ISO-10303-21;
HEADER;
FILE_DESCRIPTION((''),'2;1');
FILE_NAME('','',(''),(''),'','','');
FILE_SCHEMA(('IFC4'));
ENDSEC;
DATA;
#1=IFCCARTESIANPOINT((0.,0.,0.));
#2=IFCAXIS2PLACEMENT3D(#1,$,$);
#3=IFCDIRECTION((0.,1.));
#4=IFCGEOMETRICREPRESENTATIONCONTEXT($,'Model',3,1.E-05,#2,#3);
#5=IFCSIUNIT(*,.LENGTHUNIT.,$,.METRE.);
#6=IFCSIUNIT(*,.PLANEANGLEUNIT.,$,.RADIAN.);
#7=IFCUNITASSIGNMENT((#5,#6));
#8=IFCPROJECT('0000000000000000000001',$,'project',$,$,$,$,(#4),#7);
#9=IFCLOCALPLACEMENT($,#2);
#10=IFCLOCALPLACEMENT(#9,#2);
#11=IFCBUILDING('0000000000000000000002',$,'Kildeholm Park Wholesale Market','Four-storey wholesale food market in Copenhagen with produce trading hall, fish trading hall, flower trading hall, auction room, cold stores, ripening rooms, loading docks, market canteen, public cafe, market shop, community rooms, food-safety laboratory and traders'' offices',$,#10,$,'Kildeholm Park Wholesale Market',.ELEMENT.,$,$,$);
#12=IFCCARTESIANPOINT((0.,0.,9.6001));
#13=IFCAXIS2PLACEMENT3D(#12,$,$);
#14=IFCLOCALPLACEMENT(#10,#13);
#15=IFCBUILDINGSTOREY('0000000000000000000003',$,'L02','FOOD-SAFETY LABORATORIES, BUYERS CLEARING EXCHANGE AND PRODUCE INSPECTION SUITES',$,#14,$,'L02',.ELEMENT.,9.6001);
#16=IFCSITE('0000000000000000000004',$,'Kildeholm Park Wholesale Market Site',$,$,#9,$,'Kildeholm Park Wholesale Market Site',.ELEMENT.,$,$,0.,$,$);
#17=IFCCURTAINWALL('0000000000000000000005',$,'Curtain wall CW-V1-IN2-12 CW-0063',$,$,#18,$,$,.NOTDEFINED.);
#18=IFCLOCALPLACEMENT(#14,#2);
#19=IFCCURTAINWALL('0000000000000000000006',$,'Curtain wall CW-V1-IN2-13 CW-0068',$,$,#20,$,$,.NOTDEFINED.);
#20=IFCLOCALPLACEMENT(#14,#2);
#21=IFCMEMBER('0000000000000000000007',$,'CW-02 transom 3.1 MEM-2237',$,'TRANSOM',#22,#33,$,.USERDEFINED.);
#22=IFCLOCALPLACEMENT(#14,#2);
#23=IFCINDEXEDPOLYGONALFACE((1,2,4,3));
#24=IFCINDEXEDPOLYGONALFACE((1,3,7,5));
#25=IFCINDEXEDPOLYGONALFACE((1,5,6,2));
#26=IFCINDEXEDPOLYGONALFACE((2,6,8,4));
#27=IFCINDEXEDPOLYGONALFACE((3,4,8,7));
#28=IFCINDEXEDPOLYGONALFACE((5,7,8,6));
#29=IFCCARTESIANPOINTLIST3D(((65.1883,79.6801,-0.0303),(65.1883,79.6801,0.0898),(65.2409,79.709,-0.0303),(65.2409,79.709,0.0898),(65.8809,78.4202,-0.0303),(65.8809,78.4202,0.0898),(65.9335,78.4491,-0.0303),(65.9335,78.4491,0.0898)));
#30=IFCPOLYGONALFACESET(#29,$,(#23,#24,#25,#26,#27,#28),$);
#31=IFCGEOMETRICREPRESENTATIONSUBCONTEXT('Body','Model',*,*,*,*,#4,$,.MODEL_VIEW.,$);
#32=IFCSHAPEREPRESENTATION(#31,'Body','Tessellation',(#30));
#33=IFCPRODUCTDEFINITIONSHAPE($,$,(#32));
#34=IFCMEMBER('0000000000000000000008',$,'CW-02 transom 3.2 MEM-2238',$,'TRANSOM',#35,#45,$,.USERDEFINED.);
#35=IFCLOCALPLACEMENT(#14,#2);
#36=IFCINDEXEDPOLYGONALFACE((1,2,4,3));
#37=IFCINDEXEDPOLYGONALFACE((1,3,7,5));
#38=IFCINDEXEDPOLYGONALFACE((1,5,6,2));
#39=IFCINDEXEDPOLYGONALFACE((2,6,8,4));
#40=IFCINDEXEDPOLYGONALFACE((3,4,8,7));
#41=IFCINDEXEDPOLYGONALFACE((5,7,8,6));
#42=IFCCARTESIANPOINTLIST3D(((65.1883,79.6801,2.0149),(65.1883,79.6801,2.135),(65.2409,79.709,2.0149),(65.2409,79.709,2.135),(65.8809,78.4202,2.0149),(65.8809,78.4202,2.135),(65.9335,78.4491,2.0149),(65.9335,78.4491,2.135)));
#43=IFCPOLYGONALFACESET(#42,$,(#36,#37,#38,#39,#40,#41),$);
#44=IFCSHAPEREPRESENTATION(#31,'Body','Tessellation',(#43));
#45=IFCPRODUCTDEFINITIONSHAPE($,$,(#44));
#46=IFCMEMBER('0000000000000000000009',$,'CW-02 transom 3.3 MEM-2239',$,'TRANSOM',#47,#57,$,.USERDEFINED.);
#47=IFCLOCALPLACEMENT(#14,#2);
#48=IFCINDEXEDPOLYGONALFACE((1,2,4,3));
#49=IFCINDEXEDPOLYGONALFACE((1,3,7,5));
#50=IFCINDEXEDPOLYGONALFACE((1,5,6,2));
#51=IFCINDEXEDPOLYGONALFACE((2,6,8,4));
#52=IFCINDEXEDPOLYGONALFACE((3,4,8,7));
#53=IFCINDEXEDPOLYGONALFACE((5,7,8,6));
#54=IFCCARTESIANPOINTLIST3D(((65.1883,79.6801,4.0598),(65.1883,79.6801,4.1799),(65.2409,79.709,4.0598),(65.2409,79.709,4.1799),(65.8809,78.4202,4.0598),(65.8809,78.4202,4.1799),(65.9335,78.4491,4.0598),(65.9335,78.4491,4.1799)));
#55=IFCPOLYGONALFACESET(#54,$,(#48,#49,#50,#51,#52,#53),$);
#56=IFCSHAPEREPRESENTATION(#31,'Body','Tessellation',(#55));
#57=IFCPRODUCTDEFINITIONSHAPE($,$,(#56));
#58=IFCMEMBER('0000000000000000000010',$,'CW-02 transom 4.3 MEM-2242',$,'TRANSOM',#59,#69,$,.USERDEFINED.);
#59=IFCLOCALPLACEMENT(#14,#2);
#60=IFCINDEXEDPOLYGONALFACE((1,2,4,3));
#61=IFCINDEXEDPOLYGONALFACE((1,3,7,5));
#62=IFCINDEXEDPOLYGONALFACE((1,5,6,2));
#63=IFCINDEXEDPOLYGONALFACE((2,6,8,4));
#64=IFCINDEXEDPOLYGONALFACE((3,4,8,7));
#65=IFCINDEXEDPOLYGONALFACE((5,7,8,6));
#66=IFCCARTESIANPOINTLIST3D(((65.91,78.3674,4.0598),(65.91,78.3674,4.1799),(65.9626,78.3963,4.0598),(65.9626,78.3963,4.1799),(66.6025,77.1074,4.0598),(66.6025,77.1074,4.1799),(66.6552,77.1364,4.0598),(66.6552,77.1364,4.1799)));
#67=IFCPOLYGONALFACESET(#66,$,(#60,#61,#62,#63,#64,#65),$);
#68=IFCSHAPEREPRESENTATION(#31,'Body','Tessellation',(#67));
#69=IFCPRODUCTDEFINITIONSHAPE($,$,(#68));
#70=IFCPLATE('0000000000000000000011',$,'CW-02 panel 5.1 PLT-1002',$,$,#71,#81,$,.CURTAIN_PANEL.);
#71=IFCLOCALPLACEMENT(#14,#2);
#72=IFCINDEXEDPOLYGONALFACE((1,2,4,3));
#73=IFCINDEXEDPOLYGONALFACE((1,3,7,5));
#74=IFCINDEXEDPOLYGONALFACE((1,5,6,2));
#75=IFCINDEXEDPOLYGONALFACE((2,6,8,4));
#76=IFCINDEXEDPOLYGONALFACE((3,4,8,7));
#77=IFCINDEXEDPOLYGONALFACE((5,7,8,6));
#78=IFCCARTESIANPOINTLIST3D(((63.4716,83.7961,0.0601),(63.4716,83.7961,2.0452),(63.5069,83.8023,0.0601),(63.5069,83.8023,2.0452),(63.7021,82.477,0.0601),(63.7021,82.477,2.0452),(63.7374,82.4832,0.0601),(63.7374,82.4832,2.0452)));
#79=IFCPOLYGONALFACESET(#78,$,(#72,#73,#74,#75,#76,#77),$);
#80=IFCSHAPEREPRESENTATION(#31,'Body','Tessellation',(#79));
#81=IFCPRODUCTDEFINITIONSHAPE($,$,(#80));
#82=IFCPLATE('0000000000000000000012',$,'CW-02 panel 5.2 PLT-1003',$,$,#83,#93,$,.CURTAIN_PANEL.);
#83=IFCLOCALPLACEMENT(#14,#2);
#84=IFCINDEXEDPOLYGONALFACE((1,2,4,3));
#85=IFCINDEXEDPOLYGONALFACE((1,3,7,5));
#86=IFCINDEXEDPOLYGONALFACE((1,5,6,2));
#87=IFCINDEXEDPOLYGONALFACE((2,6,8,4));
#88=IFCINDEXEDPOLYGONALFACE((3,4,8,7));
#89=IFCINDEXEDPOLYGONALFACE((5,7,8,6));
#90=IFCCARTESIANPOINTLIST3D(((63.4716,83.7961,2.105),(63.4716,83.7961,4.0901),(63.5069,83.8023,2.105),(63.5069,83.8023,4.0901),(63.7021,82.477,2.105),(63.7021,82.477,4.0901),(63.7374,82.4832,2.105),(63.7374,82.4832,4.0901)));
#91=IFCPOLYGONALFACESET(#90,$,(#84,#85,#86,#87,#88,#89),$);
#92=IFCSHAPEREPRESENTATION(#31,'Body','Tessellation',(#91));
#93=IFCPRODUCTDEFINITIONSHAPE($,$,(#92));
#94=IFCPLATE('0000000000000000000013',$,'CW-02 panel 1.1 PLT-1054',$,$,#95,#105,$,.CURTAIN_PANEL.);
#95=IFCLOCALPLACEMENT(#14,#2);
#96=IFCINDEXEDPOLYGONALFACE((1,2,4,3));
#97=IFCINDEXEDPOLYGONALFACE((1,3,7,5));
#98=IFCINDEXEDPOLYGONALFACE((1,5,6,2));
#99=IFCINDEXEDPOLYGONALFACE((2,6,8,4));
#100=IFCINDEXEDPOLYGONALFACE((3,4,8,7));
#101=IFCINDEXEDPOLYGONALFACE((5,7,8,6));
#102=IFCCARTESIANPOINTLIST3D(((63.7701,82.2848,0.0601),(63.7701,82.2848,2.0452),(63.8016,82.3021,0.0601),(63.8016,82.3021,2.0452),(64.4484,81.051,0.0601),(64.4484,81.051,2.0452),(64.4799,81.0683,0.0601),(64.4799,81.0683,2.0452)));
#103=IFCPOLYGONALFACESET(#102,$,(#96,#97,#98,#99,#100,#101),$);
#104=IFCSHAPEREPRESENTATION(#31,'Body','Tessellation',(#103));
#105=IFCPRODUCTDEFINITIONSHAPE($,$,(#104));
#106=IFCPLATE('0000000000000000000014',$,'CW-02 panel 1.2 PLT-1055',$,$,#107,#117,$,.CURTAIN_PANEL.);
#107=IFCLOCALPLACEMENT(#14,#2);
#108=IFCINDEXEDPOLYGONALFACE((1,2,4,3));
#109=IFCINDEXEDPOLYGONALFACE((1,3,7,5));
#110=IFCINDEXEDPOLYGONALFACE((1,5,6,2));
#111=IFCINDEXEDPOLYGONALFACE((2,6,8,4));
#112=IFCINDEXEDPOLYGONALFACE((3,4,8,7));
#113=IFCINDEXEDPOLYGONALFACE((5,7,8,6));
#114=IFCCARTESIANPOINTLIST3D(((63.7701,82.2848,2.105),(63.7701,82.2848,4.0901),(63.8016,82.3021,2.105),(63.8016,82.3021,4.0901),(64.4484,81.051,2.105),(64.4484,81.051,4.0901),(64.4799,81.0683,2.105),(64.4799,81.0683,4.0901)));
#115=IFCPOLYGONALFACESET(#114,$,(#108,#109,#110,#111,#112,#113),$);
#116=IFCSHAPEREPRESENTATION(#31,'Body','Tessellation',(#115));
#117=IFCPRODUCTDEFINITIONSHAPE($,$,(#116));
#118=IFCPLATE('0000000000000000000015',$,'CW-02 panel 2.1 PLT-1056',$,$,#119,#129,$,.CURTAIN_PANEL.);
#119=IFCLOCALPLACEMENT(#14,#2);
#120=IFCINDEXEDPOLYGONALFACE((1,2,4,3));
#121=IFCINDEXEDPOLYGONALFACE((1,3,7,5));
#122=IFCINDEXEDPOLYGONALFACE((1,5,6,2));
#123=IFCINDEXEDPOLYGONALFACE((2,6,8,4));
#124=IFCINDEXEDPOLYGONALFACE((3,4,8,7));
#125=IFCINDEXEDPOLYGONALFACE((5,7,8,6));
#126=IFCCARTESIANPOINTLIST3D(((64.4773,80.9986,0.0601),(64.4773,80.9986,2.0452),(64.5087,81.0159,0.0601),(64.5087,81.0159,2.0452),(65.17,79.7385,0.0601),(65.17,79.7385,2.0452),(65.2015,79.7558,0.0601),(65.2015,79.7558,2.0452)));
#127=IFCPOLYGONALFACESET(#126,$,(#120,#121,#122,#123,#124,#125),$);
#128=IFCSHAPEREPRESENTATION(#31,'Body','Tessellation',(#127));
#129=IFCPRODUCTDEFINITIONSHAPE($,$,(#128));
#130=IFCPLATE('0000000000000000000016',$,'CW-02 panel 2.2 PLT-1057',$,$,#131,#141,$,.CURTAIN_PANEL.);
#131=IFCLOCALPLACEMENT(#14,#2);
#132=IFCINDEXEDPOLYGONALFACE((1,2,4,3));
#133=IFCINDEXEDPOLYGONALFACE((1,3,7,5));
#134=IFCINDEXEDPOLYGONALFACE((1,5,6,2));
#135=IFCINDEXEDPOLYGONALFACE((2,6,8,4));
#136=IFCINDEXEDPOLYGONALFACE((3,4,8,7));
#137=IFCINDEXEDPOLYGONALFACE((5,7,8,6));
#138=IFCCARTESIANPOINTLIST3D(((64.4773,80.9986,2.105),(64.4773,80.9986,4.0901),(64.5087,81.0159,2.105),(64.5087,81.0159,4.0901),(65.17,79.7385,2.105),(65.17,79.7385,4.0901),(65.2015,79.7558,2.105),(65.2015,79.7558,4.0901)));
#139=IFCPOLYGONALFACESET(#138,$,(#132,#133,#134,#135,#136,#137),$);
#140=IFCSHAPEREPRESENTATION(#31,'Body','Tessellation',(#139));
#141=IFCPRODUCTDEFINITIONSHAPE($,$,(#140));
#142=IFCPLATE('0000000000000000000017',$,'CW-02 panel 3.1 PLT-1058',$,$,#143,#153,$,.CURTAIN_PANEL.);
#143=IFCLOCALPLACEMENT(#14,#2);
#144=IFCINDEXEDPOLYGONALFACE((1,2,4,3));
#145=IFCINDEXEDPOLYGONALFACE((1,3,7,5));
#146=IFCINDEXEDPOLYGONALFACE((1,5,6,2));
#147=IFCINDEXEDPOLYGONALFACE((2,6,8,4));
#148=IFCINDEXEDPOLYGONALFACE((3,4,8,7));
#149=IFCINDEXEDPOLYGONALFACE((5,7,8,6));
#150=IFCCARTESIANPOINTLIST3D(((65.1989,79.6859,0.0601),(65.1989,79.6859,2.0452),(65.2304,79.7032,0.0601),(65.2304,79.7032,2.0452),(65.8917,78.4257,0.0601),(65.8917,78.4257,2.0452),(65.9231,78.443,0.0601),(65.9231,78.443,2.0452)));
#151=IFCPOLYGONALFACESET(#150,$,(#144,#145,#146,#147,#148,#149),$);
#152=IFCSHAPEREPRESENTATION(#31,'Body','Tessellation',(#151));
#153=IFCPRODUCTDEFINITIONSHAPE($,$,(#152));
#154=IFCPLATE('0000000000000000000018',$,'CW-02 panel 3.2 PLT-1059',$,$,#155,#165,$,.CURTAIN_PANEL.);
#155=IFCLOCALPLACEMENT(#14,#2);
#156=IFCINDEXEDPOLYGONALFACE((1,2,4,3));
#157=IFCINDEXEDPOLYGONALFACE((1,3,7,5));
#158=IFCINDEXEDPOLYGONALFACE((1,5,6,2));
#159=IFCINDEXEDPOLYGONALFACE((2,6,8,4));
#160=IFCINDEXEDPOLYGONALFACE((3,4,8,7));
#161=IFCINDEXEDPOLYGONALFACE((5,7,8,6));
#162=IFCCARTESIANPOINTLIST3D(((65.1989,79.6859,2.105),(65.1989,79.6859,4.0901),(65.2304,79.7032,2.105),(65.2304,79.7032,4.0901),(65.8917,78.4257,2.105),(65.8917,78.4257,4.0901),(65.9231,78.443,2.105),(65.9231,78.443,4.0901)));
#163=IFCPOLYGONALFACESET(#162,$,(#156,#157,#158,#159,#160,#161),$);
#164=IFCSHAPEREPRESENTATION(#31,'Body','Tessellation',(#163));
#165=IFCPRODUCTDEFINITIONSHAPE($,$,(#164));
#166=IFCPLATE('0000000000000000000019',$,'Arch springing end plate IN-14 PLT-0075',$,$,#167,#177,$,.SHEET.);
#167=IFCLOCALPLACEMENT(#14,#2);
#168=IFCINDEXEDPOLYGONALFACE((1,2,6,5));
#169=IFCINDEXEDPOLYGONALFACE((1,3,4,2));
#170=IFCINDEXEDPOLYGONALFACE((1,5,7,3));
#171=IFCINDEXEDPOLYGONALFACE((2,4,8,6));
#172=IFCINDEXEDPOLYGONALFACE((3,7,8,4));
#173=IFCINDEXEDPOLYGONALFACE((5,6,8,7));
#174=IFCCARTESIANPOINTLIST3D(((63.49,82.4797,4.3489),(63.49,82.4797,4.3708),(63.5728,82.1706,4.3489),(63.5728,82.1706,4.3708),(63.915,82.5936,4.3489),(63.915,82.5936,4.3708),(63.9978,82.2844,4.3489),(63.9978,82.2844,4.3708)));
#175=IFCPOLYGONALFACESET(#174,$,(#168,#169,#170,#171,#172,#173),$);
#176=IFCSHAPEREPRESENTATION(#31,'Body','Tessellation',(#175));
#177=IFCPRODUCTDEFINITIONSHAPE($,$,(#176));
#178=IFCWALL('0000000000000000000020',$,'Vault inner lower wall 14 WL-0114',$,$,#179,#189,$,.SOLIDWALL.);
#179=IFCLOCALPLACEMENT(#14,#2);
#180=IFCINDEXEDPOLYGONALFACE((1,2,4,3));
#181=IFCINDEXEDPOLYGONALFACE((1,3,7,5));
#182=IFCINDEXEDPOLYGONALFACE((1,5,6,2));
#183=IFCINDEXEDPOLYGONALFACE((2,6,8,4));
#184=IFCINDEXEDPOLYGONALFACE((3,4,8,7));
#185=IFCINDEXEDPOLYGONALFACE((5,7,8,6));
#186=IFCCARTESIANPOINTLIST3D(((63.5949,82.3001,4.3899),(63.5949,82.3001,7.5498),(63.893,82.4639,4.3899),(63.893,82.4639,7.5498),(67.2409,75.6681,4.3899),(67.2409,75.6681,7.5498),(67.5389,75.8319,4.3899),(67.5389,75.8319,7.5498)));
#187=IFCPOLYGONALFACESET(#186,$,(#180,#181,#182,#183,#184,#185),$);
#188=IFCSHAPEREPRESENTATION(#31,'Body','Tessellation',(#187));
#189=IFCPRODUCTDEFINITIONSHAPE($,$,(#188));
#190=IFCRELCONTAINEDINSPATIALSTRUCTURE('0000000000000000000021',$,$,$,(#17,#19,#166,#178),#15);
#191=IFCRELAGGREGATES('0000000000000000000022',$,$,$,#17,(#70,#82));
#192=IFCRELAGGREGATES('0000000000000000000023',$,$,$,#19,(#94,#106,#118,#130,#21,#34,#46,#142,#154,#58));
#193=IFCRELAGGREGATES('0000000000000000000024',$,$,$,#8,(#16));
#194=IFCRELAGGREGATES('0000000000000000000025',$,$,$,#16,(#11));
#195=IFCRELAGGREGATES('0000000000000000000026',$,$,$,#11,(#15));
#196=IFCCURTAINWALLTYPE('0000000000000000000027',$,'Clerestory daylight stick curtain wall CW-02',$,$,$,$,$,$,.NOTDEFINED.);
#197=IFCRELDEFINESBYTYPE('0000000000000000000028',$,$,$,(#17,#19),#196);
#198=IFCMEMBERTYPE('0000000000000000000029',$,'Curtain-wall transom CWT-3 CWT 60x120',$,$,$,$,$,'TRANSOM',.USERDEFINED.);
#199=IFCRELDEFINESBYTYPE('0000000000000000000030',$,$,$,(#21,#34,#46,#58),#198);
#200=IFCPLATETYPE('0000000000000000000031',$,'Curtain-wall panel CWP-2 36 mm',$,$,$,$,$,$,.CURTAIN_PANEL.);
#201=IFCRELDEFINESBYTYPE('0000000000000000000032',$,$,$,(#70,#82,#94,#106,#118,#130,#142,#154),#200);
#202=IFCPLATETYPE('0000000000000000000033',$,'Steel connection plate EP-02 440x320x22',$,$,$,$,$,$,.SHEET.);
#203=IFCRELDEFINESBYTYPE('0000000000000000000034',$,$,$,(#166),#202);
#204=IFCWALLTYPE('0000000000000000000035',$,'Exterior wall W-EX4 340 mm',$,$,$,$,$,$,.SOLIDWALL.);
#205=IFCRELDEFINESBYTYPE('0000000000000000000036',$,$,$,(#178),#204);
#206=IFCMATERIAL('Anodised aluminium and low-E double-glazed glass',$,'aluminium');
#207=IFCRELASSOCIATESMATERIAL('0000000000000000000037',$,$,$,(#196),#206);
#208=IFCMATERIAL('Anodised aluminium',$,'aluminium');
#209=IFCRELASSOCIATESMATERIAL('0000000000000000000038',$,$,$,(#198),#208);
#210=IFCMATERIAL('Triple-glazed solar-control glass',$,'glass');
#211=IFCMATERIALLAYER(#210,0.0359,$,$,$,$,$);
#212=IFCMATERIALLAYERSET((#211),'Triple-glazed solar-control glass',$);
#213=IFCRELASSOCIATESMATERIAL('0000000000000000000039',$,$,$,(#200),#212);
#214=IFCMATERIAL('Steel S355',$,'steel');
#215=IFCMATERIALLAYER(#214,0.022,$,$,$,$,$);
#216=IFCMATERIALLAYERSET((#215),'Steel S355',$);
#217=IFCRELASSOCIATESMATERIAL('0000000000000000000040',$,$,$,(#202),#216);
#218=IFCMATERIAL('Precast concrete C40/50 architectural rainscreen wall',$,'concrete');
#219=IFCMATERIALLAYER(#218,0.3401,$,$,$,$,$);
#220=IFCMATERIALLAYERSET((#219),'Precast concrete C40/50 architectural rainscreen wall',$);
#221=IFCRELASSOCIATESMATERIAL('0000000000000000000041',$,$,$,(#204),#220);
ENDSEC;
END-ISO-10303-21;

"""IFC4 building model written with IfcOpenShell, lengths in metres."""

from ifc_helpers import new_model, si_unit, direction, frame, frame_2d, origin, origin_2d, place, context, subcontext, project, spatial, rectangle, extrude, material, layer, layer_set, material_profile, profile_set, type_object, element, aggregate, save


model = new_model("IFC4")

# Units and contexts
model_context = context("Model", 3, precision=1e-05, world=origin(), true_north=direction((0.0, 1.0)))
body_context = subcontext(model_context, "Body", "Model", "MODEL_VIEW")
ifc_project = project(units=[si_unit("LENGTHUNIT", "METRE"), si_unit("PLANEANGLEUNIT", "RADIAN")], contexts=[model_context])

# Site, building, storey
site_placement = place(None, origin())
site = spatial("IfcSite", under=ifc_project, at=site_placement, Name="Kildeholm Park Wholesale Market Site", LongName="Kildeholm Park Wholesale Market Site", CompositionType="ELEMENT", RefElevation=0.0)
building_placement = place(site_placement, origin())
building = spatial("IfcBuilding", under=site, at=building_placement, Name="Kildeholm Park Wholesale Market", Description="Four-storey wholesale food market in Copenhagen with produce trading hall, fish trading hall, flower trading hall, auction room, cold stores, ripening rooms, loading docks, market canteen, public cafe, market shop, community rooms, food-safety laboratory and traders' offices", LongName="Kildeholm Park Wholesale Market", CompositionType="ELEMENT")
storey_placement = place(building_placement, frame((0.0, 0.0, 9.6001)))
storey = spatial("IfcBuildingStorey", under=building, at=storey_placement, Name="L02", Description="FOOD-SAFETY LABORATORIES, BUYERS CLEARING EXCHANGE AND PRODUCE INSPECTION SUITES", LongName="L02", CompositionType="ELEMENT", Elevation=9.6001)

# Shared definitions
ifc_material_1 = material(Name="Steel S355", Category="steel")

# Curtain wall
ifc_material_2 = material(Name="Anodised aluminium and low-E double-glazed glass", Category="aluminium")
curtain_wall_type = type_object("IfcCurtainWallType", Name="Clerestory daylight stick curtain wall CW-02", PredefinedType="NOTDEFINED", material=ifc_material_2)
curtain_wall_1_placement = place(storey_placement, origin())
curtain_wall_1 = element("IfcCurtainWall", 1, at=curtain_wall_1_placement, inside=storey, type_object=curtain_wall_type, Name="Curtain wall CW-V1-IN2-12 CW-0063", PredefinedType="NOTDEFINED")
ifc_material_3 = material(Name="Anodised aluminium", Category="aluminium")

# Curtain wall, members
curtain_wall_2_placement = place(storey_placement, origin())
curtain_wall_2 = element("IfcCurtainWall", 2, at=curtain_wall_2_placement, inside=storey, type_object=curtain_wall_type, Name="Curtain wall CW-V1-IN2-13 CW-0068", PredefinedType="NOTDEFINED")
ifc_material_profile_1 = material_profile(ifc_material_3, rectangle(XDim=0.0601, YDim=0.1201, at=origin_2d()), Name="CWT 60x120")
ifc_profile_set_1 = profile_set([ifc_material_profile_1], Name="Anodised aluminium")
member_type_1 = type_object("IfcMemberType", Name="Curtain-wall transom CWT-3 CWT 60x120", ElementType="TRANSOM", PredefinedType="USERDEFINED", material=ifc_profile_set_1)
member_1_placement = place(storey_placement, frame((65.2146, 79.6946, 0.0298), z_axis=(0.481717, -0.876327, 0.0), x_axis=(0.876327, 0.481717, 0.0)))
member_1 = element("IfcMember", 3, at=member_1_placement, type_object=member_type_1, Name="CW-02 transom 3.1 MEM-2237", ObjectType="TRANSOM", PredefinedType="USERDEFINED", context=body_context, shape_type="SweptSolid", body=[
    extrude(rectangle(XDim=0.0601, YDim=0.1201, at=origin_2d()), origin(), (0.0, 0.0, 1.0), 1.4377),
])
member_2_placement = place(storey_placement, frame((65.2146, 79.6946, 2.075), z_axis=(0.481717, -0.876327, 0.0), x_axis=(0.876327, 0.481717, 0.0)))
member_2 = element("IfcMember", 4, at=member_2_placement, type_object=member_type_1, Name="CW-02 transom 3.2 MEM-2238", ObjectType="TRANSOM", PredefinedType="USERDEFINED", context=body_context, shape_type="SweptSolid", body=[
    extrude(rectangle(XDim=0.0601, YDim=0.1201, at=origin_2d()), origin(), (0.0, 0.0, 1.0), 1.4377),
])
member_3_placement = place(storey_placement, frame((65.2146, 79.6946, 4.1199), z_axis=(0.481717, -0.876327, 0.0), x_axis=(0.876327, 0.481717, 0.0)))
member_3 = element("IfcMember", 5, at=member_3_placement, type_object=member_type_1, Name="CW-02 transom 3.3 MEM-2239", ObjectType="TRANSOM", PredefinedType="USERDEFINED", context=body_context, shape_type="SweptSolid", body=[
    extrude(rectangle(XDim=0.0601, YDim=0.1201, at=origin_2d()), origin(), (0.0, 0.0, 1.0), 1.4377),
])
member_4_placement = place(storey_placement, frame((65.9363, 78.3818, 4.1199), z_axis=(0.481717, -0.876327, 0.0), x_axis=(0.876327, 0.481717, 0.0)))
member_4 = element("IfcMember", 6, at=member_4_placement, type_object=member_type_1, Name="CW-02 transom 4.3 MEM-2242", ObjectType="TRANSOM", PredefinedType="USERDEFINED", context=body_context, shape_type="SweptSolid", body=[
    extrude(rectangle(XDim=0.0601, YDim=0.1201, at=origin_2d()), origin(), (0.0, 0.0, 1.0), 1.4377),
])

# Plates
ifc_material_4 = material(Name="Triple-glazed solar-control glass", Category="glass")
ifc_layer_1 = layer(ifc_material_4, 0.0359)
ifc_layer_set_1 = layer_set([ifc_layer_1], Name="Triple-glazed solar-control glass")
plate_type_1 = type_object("IfcPlateType", Name="Curtain-wall panel CWP-2 36 mm", PredefinedType="CURTAIN_PANEL", material=ifc_layer_set_1)
plate_1_placement = place(storey_placement, frame((63.6045, 83.1396, 0.0601), z_axis=(0.0, 0.0, 1.0), x_axis=(0.172133, -0.985074, 0.0)))
plate_1 = element("IfcPlate", 7, at=plate_1_placement, type_object=plate_type_1, Name="CW-02 panel 5.1 PLT-1002", PredefinedType="CURTAIN_PANEL", context=body_context, shape_type="SweptSolid", body=[
    extrude(rectangle(XDim=1.3391, YDim=0.0359, at=origin_2d()), origin(), (0.0, 0.0, 1.0), 1.9851),
])
plate_2_placement = place(storey_placement, frame((63.6045, 83.1396, 2.105), z_axis=(0.0, 0.0, 1.0), x_axis=(0.172133, -0.985074, 0.0)))
plate_2 = element("IfcPlate", 8, at=plate_2_placement, type_object=plate_type_1, Name="CW-02 panel 5.2 PLT-1003", PredefinedType="CURTAIN_PANEL", context=body_context, shape_type="SweptSolid", body=[
    extrude(rectangle(XDim=1.3391, YDim=0.0359, at=origin_2d()), origin(), (0.0, 0.0, 1.0), 1.9851),
])
aggregate(curtain_wall_1, [plate_1, plate_2])
plate_3_placement = place(storey_placement, frame((64.125, 81.6765, 0.0601), z_axis=(0.0, 0.0, 1.0), x_axis=(0.48175, -0.876309, 0.0)))
plate_3 = element("IfcPlate", 9, at=plate_3_placement, type_object=plate_type_1, Name="CW-02 panel 1.1 PLT-1054", PredefinedType="CURTAIN_PANEL", context=body_context, shape_type="SweptSolid", body=[
    extrude(rectangle(XDim=1.408, YDim=0.0359, at=origin_2d()), origin(), (0.0, 0.0, 1.0), 1.9851),
])
plate_4_placement = place(storey_placement, frame((64.125, 81.6765, 2.105), z_axis=(0.0, 0.0, 1.0), x_axis=(0.48175, -0.876309, 0.0)))
plate_4 = element("IfcPlate", 10, at=plate_4_placement, type_object=plate_type_1, Name="CW-02 panel 1.2 PLT-1055", PredefinedType="CURTAIN_PANEL", context=body_context, shape_type="SweptSolid", body=[
    extrude(rectangle(XDim=1.408, YDim=0.0359, at=origin_2d()), origin(), (0.0, 0.0, 1.0), 1.9851),
])
plate_5_placement = place(storey_placement, frame((64.8394, 80.3772, 0.0601), z_axis=(0.0, 0.0, 1.0), x_axis=(0.48175, -0.876309, 0.0)))
plate_5 = element("IfcPlate", 11, at=plate_5_placement, type_object=plate_type_1, Name="CW-02 panel 2.1 PLT-1056", PredefinedType="CURTAIN_PANEL", context=body_context, shape_type="SweptSolid", body=[
    extrude(rectangle(XDim=1.438, YDim=0.0359, at=origin_2d()), origin(), (0.0, 0.0, 1.0), 1.9851),
])
plate_6_placement = place(storey_placement, frame((64.8394, 80.3772, 2.105), z_axis=(0.0, 0.0, 1.0), x_axis=(0.48175, -0.876309, 0.0)))
plate_6 = element("IfcPlate", 12, at=plate_6_placement, type_object=plate_type_1, Name="CW-02 panel 2.2 PLT-1057", PredefinedType="CURTAIN_PANEL", context=body_context, shape_type="SweptSolid", body=[
    extrude(rectangle(XDim=1.438, YDim=0.0359, at=origin_2d()), origin(), (0.0, 0.0, 1.0), 1.9851),
])
plate_7_placement = place(storey_placement, frame((65.561, 79.0645, 0.0601), z_axis=(0.0, 0.0, 1.0), x_axis=(0.48175, -0.876309, 0.0)))
plate_7 = element("IfcPlate", 13, at=plate_7_placement, type_object=plate_type_1, Name="CW-02 panel 3.1 PLT-1058", PredefinedType="CURTAIN_PANEL", context=body_context, shape_type="SweptSolid", body=[
    extrude(rectangle(XDim=1.438, YDim=0.0359, at=origin_2d()), origin(), (0.0, 0.0, 1.0), 1.9851),
])
plate_8_placement = place(storey_placement, frame((65.561, 79.0645, 2.105), z_axis=(0.0, 0.0, 1.0), x_axis=(0.48175, -0.876309, 0.0)))
plate_8 = element("IfcPlate", 14, at=plate_8_placement, type_object=plate_type_1, Name="CW-02 panel 3.2 PLT-1059", PredefinedType="CURTAIN_PANEL", context=body_context, shape_type="SweptSolid", body=[
    extrude(rectangle(XDim=1.438, YDim=0.0359, at=origin_2d()), origin(), (0.0, 0.0, 1.0), 1.9851),
])
aggregate(curtain_wall_2, [plate_3, plate_4, plate_5, plate_6, member_1, member_2, member_3, plate_7, plate_8, member_4])
ifc_layer_2 = layer(ifc_material_1, 0.022)
ifc_layer_set_2 = layer_set([ifc_layer_2], Name="Steel S355")
plate_type_2 = type_object("IfcPlateType", Name="Steel connection plate EP-02 440x320x22", PredefinedType="SHEET", material=ifc_layer_set_2)
plate_9_placement = place(storey_placement, frame((63.7439, 82.3821, 4.3489), z_axis=(0.0, 0.0, 1.0), x_axis=(-0.965926, -0.258819, 0.0)))
element("IfcPlate", 15, at=plate_9_placement, inside=storey, type_object=plate_type_2, Name="Arch springing end plate IN-14 PLT-0075", PredefinedType="SHEET", context=body_context, shape_type="SweptSolid", body=[
    extrude(rectangle(XDim=0.4399, YDim=0.3201, at=origin_2d()), origin(), (0.0, 0.0, 1.0), 0.022),
])

# Wall
ifc_material_5 = material(Name="Precast concrete C40/50 architectural rainscreen wall", Category="concrete")
ifc_layer_3 = layer(ifc_material_5, 0.3401)
ifc_layer_set_3 = layer_set([ifc_layer_3], Name="Precast concrete C40/50 architectural rainscreen wall")
wall_type = type_object("IfcWallType", Name="Exterior wall W-EX4 340 mm", PredefinedType="SOLIDWALL", material=ifc_layer_set_3)
wall_placement = place(storey_placement, frame((63.7439, 82.3821, 4.3899), z_axis=(0.0, 0.0, 1.0), x_axis=(0.481752, -0.876308, 0.0)))
element("IfcWall", 16, at=wall_placement, inside=storey, type_object=wall_type, Name="Vault inner lower wall 14 WL-0114", PredefinedType="SOLIDWALL", context=body_context, shape_type="SweptSolid", body=[
    extrude(rectangle(XDim=7.5681, YDim=0.3401, at=frame_2d((3.7842, 0.0))), origin(), (0.0, 0.0, 1.0), 3.1599),
])

save(model, "model.ifc")
